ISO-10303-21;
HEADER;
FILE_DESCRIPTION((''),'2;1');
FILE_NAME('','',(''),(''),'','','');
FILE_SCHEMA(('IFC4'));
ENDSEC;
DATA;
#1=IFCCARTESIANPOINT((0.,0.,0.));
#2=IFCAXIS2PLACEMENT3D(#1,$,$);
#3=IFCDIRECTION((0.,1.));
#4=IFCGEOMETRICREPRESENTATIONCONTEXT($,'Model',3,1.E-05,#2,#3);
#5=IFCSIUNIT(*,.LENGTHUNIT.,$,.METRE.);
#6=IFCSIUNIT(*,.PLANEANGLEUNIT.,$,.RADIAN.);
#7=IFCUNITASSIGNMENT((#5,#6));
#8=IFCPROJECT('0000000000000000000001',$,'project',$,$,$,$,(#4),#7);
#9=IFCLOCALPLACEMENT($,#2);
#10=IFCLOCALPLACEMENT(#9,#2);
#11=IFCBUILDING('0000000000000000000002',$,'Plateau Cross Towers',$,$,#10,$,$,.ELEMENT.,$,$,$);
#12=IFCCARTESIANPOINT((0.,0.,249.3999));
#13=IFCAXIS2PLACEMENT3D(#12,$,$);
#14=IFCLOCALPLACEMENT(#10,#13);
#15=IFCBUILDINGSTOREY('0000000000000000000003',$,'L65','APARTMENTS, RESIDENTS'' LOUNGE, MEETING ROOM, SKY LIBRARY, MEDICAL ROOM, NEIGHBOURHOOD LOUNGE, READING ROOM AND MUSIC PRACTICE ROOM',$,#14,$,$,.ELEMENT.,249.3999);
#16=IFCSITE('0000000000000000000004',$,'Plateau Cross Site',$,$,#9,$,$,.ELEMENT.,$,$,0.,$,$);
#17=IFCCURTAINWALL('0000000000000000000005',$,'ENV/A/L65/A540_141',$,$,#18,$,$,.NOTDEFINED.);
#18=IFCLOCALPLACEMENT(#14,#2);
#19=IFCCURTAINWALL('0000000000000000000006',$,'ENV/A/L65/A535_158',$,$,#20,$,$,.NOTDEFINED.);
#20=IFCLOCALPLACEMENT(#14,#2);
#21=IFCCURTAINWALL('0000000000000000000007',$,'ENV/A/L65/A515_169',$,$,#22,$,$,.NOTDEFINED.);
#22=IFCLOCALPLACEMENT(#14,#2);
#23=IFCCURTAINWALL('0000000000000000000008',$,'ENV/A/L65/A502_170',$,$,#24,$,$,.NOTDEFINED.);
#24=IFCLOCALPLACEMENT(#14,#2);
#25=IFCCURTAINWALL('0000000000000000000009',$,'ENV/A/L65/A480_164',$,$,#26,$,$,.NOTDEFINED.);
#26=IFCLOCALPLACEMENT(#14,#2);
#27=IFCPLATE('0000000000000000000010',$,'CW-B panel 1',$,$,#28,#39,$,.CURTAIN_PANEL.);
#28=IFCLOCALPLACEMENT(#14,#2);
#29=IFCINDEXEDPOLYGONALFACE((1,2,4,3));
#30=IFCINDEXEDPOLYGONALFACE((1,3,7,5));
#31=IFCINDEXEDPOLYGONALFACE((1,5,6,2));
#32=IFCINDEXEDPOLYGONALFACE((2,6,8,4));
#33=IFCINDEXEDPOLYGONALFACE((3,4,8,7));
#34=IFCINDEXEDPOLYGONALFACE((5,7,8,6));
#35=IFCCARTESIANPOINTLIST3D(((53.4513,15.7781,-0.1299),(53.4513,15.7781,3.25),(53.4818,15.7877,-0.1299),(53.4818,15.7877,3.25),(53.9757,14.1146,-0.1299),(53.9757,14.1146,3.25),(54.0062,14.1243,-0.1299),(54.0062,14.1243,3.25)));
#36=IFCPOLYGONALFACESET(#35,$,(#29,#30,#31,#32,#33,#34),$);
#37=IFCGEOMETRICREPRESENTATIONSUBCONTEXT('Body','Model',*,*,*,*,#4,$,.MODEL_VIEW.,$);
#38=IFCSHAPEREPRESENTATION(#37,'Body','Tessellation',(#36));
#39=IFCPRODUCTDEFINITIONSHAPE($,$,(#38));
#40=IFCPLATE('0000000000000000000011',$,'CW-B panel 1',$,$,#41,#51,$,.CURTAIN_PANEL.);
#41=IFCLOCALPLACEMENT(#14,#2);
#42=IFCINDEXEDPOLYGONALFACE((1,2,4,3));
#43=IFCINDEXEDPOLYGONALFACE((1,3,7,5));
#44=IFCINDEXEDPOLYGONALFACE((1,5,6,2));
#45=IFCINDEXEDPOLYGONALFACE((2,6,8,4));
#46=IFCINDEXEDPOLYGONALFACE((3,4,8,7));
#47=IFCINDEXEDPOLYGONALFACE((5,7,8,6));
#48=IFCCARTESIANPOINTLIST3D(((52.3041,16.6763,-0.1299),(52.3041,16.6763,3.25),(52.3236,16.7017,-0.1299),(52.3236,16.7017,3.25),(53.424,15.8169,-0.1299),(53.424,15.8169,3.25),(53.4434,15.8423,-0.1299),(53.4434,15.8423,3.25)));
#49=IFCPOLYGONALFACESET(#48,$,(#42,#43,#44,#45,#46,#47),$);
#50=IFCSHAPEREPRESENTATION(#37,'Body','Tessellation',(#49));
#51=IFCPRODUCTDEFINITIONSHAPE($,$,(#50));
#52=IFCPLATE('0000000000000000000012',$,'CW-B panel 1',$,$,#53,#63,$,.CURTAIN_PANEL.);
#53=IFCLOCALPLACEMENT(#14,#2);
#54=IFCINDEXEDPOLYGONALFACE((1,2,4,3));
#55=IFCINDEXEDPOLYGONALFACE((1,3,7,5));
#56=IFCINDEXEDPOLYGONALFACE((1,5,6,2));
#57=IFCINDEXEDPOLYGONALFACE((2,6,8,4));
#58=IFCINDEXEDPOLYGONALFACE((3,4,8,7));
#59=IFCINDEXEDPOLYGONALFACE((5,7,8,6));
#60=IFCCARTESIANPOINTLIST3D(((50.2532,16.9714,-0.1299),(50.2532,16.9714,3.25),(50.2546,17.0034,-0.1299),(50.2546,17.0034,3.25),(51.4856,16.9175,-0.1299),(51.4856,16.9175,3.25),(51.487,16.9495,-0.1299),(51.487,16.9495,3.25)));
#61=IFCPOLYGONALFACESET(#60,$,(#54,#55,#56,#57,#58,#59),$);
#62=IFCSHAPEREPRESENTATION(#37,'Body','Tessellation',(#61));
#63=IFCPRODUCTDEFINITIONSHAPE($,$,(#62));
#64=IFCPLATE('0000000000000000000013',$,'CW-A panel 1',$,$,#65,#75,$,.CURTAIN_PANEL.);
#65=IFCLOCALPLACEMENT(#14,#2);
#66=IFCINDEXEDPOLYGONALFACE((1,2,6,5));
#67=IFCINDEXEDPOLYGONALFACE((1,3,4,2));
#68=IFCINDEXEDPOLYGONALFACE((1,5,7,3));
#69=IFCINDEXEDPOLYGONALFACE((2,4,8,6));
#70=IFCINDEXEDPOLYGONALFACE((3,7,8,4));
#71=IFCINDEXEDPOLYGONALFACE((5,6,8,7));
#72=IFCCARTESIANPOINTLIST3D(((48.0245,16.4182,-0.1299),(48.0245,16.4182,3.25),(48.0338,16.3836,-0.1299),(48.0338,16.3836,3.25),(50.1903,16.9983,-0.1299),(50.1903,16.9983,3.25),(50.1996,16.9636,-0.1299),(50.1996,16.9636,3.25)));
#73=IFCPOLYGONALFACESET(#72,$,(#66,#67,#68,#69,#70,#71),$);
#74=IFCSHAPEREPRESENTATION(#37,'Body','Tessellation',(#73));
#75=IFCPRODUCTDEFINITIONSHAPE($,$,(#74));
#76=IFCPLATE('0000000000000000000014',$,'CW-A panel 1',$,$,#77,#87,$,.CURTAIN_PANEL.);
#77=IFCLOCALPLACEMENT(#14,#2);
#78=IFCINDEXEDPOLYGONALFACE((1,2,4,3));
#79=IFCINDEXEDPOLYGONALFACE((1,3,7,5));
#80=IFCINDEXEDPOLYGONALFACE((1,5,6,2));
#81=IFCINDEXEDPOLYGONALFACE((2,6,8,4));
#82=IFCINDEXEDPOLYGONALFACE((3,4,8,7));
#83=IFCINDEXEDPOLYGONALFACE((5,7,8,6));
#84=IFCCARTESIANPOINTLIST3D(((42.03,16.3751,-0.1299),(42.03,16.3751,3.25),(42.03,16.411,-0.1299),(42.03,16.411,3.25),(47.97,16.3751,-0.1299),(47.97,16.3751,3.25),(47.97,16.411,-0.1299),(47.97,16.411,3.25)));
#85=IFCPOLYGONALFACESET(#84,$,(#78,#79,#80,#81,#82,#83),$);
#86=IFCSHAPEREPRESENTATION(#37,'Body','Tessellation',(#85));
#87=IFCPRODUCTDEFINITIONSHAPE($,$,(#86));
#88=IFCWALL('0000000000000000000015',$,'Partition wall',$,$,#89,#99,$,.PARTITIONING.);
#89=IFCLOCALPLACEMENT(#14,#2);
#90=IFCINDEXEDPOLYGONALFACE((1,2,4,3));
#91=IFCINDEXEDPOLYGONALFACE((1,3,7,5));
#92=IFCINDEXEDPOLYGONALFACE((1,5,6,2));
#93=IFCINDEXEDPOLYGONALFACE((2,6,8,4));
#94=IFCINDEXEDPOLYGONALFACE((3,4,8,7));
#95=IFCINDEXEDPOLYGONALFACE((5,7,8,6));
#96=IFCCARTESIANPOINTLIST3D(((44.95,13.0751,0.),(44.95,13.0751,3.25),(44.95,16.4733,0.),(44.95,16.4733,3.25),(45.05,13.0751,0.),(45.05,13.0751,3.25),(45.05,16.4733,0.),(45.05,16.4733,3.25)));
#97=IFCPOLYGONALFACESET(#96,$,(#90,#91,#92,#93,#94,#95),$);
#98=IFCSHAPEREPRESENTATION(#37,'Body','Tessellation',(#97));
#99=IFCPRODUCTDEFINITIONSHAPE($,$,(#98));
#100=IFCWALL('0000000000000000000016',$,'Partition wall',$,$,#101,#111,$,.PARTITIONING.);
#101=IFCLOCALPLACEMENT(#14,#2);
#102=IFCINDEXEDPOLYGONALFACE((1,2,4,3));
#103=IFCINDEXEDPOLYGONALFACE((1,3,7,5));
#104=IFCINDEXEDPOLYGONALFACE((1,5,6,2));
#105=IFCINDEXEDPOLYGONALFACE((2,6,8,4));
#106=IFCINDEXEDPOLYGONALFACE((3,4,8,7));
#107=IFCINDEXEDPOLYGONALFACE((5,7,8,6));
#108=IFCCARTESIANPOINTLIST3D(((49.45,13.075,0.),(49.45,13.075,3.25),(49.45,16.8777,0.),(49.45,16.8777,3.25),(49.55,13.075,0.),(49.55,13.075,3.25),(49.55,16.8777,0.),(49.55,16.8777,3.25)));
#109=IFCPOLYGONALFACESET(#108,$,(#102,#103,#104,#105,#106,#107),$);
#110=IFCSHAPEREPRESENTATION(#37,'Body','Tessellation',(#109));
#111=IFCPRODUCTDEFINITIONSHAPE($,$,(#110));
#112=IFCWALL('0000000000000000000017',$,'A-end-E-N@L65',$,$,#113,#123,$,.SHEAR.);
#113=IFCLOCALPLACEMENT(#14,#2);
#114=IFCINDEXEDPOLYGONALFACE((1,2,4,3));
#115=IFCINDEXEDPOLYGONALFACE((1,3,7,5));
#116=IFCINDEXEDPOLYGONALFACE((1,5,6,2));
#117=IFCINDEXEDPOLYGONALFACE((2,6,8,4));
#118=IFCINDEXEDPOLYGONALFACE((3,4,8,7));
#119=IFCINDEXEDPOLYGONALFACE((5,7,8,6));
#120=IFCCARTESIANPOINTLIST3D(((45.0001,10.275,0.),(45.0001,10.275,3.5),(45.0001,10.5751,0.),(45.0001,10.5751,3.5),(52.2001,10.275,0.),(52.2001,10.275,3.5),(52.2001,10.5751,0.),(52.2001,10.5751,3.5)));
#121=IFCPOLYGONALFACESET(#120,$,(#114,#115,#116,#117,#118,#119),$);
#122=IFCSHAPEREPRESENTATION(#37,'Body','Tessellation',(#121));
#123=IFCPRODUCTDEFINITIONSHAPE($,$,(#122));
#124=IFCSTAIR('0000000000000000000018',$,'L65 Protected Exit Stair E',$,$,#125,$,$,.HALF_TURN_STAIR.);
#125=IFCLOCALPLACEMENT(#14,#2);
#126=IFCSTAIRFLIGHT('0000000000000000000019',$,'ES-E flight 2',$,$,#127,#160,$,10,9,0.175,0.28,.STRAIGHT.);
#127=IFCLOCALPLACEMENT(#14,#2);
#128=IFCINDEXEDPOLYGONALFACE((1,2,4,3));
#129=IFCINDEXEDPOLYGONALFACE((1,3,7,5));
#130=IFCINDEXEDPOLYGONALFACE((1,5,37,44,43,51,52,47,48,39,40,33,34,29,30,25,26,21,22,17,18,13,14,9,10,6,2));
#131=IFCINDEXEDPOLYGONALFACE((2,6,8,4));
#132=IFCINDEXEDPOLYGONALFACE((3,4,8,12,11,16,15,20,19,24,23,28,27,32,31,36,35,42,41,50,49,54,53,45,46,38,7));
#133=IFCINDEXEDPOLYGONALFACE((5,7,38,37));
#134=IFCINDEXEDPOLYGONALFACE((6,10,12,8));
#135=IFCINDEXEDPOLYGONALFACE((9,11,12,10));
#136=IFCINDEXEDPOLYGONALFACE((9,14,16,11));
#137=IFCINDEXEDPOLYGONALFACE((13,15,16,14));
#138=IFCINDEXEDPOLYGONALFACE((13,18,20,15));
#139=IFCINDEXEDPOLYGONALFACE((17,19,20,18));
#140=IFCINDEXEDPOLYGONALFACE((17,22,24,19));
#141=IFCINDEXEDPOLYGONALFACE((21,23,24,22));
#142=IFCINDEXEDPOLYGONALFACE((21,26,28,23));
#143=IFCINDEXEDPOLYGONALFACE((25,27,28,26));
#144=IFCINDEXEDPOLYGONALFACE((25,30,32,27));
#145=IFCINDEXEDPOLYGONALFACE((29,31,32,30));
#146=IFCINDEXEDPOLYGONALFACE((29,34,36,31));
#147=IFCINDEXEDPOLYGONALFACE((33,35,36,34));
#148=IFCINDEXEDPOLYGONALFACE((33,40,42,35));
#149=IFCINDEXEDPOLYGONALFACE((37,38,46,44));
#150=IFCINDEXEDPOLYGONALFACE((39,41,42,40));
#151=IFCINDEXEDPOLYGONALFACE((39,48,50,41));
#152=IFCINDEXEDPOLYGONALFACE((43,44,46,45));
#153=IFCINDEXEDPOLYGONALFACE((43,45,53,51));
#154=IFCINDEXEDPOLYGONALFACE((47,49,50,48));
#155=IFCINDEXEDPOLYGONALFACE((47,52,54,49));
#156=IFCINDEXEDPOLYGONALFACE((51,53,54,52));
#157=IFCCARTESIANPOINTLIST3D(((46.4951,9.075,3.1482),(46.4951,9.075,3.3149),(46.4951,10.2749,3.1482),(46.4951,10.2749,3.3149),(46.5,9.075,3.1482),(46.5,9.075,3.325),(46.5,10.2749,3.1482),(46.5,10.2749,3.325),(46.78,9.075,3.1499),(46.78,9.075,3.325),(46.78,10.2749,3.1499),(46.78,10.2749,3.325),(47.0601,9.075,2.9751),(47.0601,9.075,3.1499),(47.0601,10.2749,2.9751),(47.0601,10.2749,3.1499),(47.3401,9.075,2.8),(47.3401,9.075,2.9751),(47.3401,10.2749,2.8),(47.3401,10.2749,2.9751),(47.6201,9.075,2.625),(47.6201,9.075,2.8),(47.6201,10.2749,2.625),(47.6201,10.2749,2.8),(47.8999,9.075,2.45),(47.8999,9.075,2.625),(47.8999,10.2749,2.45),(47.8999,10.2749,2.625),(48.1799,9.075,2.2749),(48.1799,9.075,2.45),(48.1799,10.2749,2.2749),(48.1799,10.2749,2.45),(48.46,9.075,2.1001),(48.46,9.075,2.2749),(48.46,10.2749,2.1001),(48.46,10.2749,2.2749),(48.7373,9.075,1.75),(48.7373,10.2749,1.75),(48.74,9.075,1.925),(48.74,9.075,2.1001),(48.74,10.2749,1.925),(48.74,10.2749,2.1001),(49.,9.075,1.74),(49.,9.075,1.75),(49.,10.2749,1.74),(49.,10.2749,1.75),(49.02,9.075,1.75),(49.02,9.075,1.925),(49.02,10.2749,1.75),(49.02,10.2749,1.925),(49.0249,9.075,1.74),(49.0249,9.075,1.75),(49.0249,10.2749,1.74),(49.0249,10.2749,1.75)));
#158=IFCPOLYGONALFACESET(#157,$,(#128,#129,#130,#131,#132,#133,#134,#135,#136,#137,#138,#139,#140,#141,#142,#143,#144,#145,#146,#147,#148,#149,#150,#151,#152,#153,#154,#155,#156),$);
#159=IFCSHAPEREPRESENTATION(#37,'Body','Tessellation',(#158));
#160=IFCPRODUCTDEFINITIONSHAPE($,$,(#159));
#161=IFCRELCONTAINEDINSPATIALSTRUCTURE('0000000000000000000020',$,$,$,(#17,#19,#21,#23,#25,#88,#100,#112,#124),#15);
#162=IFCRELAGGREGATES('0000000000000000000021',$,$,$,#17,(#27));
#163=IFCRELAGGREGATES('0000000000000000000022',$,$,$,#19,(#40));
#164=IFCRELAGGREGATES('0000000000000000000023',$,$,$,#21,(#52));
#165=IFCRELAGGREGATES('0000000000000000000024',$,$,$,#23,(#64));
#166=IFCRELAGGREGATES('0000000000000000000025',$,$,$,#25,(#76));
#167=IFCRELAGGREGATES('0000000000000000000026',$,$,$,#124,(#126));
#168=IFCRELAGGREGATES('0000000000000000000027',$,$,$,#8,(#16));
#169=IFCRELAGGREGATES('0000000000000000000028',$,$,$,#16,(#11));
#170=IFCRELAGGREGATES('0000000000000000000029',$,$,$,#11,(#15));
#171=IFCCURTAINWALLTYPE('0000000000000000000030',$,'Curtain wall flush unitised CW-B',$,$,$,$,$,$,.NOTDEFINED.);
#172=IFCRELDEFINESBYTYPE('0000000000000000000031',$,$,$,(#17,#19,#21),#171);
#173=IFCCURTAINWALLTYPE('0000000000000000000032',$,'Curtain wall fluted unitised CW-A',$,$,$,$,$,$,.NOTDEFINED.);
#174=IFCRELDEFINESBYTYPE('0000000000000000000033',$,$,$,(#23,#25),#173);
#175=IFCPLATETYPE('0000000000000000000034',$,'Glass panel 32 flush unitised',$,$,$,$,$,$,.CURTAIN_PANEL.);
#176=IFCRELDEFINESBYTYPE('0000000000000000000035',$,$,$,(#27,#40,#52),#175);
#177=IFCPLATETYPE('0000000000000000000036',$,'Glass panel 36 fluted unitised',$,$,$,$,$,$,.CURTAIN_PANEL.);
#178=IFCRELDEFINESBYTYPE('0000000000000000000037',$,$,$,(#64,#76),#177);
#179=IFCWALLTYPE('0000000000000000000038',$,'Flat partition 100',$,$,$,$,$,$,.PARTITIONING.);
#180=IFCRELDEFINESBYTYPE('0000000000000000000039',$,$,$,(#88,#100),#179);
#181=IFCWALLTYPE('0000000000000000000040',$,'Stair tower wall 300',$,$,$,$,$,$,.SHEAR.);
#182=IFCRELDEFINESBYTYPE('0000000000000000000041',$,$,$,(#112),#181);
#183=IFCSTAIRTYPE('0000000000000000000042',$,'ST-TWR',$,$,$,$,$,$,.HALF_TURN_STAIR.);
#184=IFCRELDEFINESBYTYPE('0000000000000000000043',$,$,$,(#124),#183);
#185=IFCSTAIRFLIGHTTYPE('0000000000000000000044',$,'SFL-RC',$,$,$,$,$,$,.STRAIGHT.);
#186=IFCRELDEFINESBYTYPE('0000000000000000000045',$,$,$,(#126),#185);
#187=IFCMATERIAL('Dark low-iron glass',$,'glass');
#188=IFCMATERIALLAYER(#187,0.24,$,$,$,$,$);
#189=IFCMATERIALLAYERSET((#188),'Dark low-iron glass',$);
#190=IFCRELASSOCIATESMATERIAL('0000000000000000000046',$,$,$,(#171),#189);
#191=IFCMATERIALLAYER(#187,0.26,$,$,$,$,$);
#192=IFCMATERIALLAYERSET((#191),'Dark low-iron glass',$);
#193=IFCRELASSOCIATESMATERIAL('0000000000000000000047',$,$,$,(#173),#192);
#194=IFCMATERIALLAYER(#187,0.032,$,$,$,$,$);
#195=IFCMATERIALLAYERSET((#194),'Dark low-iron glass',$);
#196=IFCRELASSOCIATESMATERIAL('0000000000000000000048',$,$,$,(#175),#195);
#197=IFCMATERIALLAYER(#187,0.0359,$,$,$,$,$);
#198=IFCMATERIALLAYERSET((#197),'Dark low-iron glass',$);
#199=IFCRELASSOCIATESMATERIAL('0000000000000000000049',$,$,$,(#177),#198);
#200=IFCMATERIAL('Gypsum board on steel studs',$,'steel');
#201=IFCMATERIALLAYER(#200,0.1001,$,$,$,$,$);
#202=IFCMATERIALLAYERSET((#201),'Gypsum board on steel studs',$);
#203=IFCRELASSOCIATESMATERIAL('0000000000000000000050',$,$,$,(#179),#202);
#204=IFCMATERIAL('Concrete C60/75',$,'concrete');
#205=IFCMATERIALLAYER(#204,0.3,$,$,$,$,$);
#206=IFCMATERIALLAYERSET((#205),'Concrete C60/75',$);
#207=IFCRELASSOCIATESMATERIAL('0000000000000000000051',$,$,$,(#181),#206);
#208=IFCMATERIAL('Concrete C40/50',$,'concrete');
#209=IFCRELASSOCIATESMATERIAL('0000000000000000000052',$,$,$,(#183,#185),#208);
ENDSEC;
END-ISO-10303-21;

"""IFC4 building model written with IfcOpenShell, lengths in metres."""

from ifc_helpers import new_model, si_unit, direction, frame, frame_2d, origin, origin_2d, place, context, subcontext, project, spatial, polyline, rectangle, outline, extrude, material, layer, layer_set, type_object, element, aggregate, save


model = new_model("IFC4")

# Units and contexts
model_context = context("Model", 3, precision=1e-05, world=origin(), true_north=direction((0.0, 1.0)))
body_context = subcontext(model_context, "Body", "Model", "MODEL_VIEW")
ifc_project = project(units=[si_unit("LENGTHUNIT", "METRE"), si_unit("PLANEANGLEUNIT", "RADIAN")], contexts=[model_context])

# Site, building, storey
site_placement = place(None, origin())
site = spatial("IfcSite", under=ifc_project, at=site_placement, Name="Plateau Cross Site", CompositionType="ELEMENT", RefElevation=0.0)
building_placement = place(site_placement, origin())
building = spatial("IfcBuilding", under=site, at=building_placement, Name="Plateau Cross Towers", CompositionType="ELEMENT")
storey_placement = place(building_placement, frame((0.0, 0.0, 249.3999)))
storey = spatial("IfcBuildingStorey", under=building, at=storey_placement, Name="L65", Description="APARTMENTS, RESIDENTS' LOUNGE, MEETING ROOM, SKY LIBRARY, MEDICAL ROOM, NEIGHBOURHOOD LOUNGE, READING ROOM AND MUSIC PRACTICE ROOM", CompositionType="ELEMENT", Elevation=249.3999)

# Shared definitions
ifc_material_1 = material(Name="Concrete C60/75", Category="concrete")

# Curtain wall
ifc_material_2 = material(Name="Dark low-iron glass", Category="glass")
ifc_layer_1 = layer(ifc_material_2, 0.24)
ifc_layer_set_1 = layer_set([ifc_layer_1], Name="Dark low-iron glass")
curtain_wall_type_1 = type_object("IfcCurtainWallType", Name="Curtain wall flush unitised CW-B", PredefinedType="NOTDEFINED", material=ifc_layer_set_1)
curtain_wall_1_placement = place(storey_placement, origin())
curtain_wall_1 = element("IfcCurtainWall", 1, at=curtain_wall_1_placement, inside=storey, type_object=curtain_wall_type_1, Name="ENV/A/L65/A540_141", PredefinedType="NOTDEFINED")

# Curtain wall
curtain_wall_2_placement = place(storey_placement, origin())
curtain_wall_2 = element("IfcCurtainWall", 2, at=curtain_wall_2_placement, inside=storey, type_object=curtain_wall_type_1, Name="ENV/A/L65/A535_158", PredefinedType="NOTDEFINED")

# Curtain walls
curtain_wall_3_placement = place(storey_placement, origin())
curtain_wall_3 = element("IfcCurtainWall", 3, at=curtain_wall_3_placement, inside=storey, type_object=curtain_wall_type_1, Name="ENV/A/L65/A515_169", PredefinedType="NOTDEFINED")
ifc_layer_2 = layer(ifc_material_2, 0.26)
ifc_layer_set_2 = layer_set([ifc_layer_2], Name="Dark low-iron glass")
curtain_wall_type_2 = type_object("IfcCurtainWallType", Name="Curtain wall fluted unitised CW-A", PredefinedType="NOTDEFINED", material=ifc_layer_set_2)
curtain_wall_4_placement = place(storey_placement, origin())
curtain_wall_4 = element("IfcCurtainWall", 4, at=curtain_wall_4_placement, inside=storey, type_object=curtain_wall_type_2, Name="ENV/A/L65/A502_170", PredefinedType="NOTDEFINED")
curtain_wall_5_placement = place(storey_placement, origin())
curtain_wall_5 = element("IfcCurtainWall", 5, at=curtain_wall_5_placement, inside=storey, type_object=curtain_wall_type_2, Name="ENV/A/L65/A480_164", PredefinedType="NOTDEFINED")

# Plates
ifc_layer_3 = layer(ifc_material_2, 0.032)
ifc_layer_set_3 = layer_set([ifc_layer_3], Name="Dark low-iron glass")
plate_type_1 = type_object("IfcPlateType", Name="Glass panel 32 flush unitised", PredefinedType="CURTAIN_PANEL", material=ifc_layer_set_3)
plate_1_placement = place(storey_placement, frame((53.7288, 14.9512, -0.1299), z_axis=(0.0, 0.0, 1.0), x_axis=(-0.300686, 0.953723, 0.0)))
plate_1 = element("IfcPlate", 6, at=plate_1_placement, type_object=plate_type_1, Name="CW-B panel 1", PredefinedType="CURTAIN_PANEL", context=body_context, shape_type="SweptSolid", body=[
    extrude(rectangle(XDim=1.7441, YDim=0.032, at=origin_2d()), origin(), (0.0, 0.0, 1.0), 3.3799),
])
aggregate(curtain_wall_1, [plate_1])
plate_2_placement = place(storey_placement, frame((52.8738, 16.2593, -0.1299), z_axis=(0.0, 0.0, 1.0), x_axis=(-0.793316, 0.608811, 0.0)))
plate_2 = element("IfcPlate", 7, at=plate_2_placement, type_object=plate_type_1, Name="CW-B panel 1", PredefinedType="CURTAIN_PANEL", context=body_context, shape_type="SweptSolid", body=[
    extrude(rectangle(XDim=1.4116, YDim=0.032, at=origin_2d()), origin(), (0.0, 0.0, 1.0), 3.3799),
])
aggregate(curtain_wall_2, [plate_2])
plate_3_placement = place(storey_placement, frame((50.8701, 16.9604, -0.1299), z_axis=(0.0, 0.0, 1.0), x_axis=(-0.999044, 0.043723, 0.0)))
plate_3 = element("IfcPlate", 8, at=plate_3_placement, type_object=plate_type_1, Name="CW-B panel 1", PredefinedType="CURTAIN_PANEL", context=body_context, shape_type="SweptSolid", body=[
    extrude(rectangle(XDim=1.2336, YDim=0.032, at=origin_2d()), origin(), (0.0, 0.0, 1.0), 3.3799),
])
aggregate(curtain_wall_3, [plate_3])
ifc_layer_4 = layer(ifc_material_2, 0.0359)
ifc_layer_set_4 = layer_set([ifc_layer_4], Name="Dark low-iron glass")
plate_type_2 = type_object("IfcPlateType", Name="Glass panel 36 fluted unitised", PredefinedType="CURTAIN_PANEL", material=ifc_layer_set_4)
plate_4_placement = place(storey_placement, frame((49.1121, 16.6909, -0.1299), z_axis=(0.0, 0.0, 1.0), x_axis=(-0.965958, -0.258699, 0.0)))
plate_4 = element("IfcPlate", 9, at=plate_4_placement, type_object=plate_type_2, Name="CW-A panel 1", PredefinedType="CURTAIN_PANEL", context=body_context, shape_type="SweptSolid", body=[
    extrude(rectangle(XDim=2.2422, YDim=0.0359, at=origin_2d()), origin(), (0.0, 0.0, 1.0), 3.3799),
])
aggregate(curtain_wall_4, [plate_4])
plate_5_placement = place(storey_placement, frame((45.0, 16.3931, -0.1299), z_axis=(0.0, 0.0, 1.0), x_axis=(-1.0, 0.0, 0.0)))
plate_5 = element("IfcPlate", 10, at=plate_5_placement, type_object=plate_type_2, Name="CW-A panel 1", PredefinedType="CURTAIN_PANEL", context=body_context, shape_type="SweptSolid", body=[
    extrude(rectangle(XDim=5.9399, YDim=0.0359, at=origin_2d()), origin(), (0.0, 0.0, 1.0), 3.3799),
])
aggregate(curtain_wall_5, [plate_5])

# Walls
ifc_material_3 = material(Name="Gypsum board on steel studs", Category="steel")
ifc_layer_5 = layer(ifc_material_3, 0.1001)
ifc_layer_set_5 = layer_set([ifc_layer_5], Name="Gypsum board on steel studs")
wall_type_1 = type_object("IfcWallType", Name="Flat partition 100", PredefinedType="PARTITIONING", material=ifc_layer_set_5)
wall_1_placement = place(storey_placement, frame((45.0, 13.075, 0.0), z_axis=(0.0, 0.0, 1.0), x_axis=(0.0, 1.0, 0.0)))
element("IfcWall", 11, at=wall_1_placement, inside=storey, type_object=wall_type_1, Name="Partition wall", PredefinedType="PARTITIONING", context=body_context, shape_type="SweptSolid", body=[
    extrude(rectangle(XDim=3.3982, YDim=0.1001, at=frame_2d((1.6992, 0.0))), origin(), (0.0, 0.0, 1.0), 3.25),
])
wall_2_placement = place(storey_placement, frame((49.5, 13.075, 0.0), z_axis=(0.0, 0.0, 1.0), x_axis=(0.0, 1.0, 0.0)))
element("IfcWall", 12, at=wall_2_placement, inside=storey, type_object=wall_type_1, Name="Partition wall", PredefinedType="PARTITIONING", context=body_context, shape_type="SweptSolid", body=[
    extrude(rectangle(XDim=3.8027, YDim=0.1001, at=frame_2d((1.9014, 0.0))), origin(), (0.0, 0.0, 1.0), 3.25),
])
ifc_layer_6 = layer(ifc_material_1, 0.3)
ifc_layer_set_6 = layer_set([ifc_layer_6], Name="Concrete C60/75")
wall_type_2 = type_object("IfcWallType", Name="Stair tower wall 300", PredefinedType="SHEAR", material=ifc_layer_set_6)
wall_3_placement = place(storey_placement, frame((45.0, 10.425, 0.0), z_axis=(0.0, 0.0, 1.0), x_axis=(1.0, 0.0, 0.0)))
element("IfcWall", 13, at=wall_3_placement, inside=storey, type_object=wall_type_2, Name="A-end-E-N@L65", PredefinedType="SHEAR", context=body_context, shape_type="SweptSolid", body=[
    extrude(rectangle(XDim=7.2, YDim=0.3, at=frame_2d((3.6001, 0.0))), origin(), (0.0, 0.0, 1.0), 3.5),
])

# Stair, stair flight
ifc_material_4 = material(Name="Concrete C40/50", Category="concrete")
stair_type = type_object("IfcStairType", Name="ST-TWR", PredefinedType="HALF_TURN_STAIR", material=ifc_material_4)
stair_placement = place(storey_placement, origin())
stair = element("IfcStair", 14, at=stair_placement, inside=storey, type_object=stair_type, Name="L65 Protected Exit Stair E", PredefinedType="HALF_TURN_STAIR")
stair_flight_type = type_object("IfcStairFlightType", Name="SFL-RC", PredefinedType="STRAIGHT", material=ifc_material_4)
stair_flight_placement = place(storey_placement, frame((49.02, 9.675, 1.75), z_axis=(0.0, 0.0, 1.0), x_axis=(-1.0, 0.0, 0.0)))
stair_flight = element("IfcStairFlight", 15, at=stair_flight_placement, type_object=stair_flight_type, Name="ES-E flight 2", NumberOfRisers=10, NumberOfTreads=9, PredefinedType="STRAIGHT", RiserHeight=0.175, TreadLength=0.28, context=body_context, shape_type="SweptSolid", body=[
    extrude(outline(polyline([(-0.0049, -0.01), (-0.0049, 0.0), (0.0, 0.0), (0.0, 0.175), (0.28, 0.175), (0.28, 0.3501), (0.5601, 0.3501), (0.5601, 0.5249), (0.8401, 0.5249), (0.8401, 0.7), (1.1201, 0.7), (1.1201, 0.875), (1.3999, 0.875), (1.3999, 1.05), (1.6799, 1.05), (1.6799, 1.2251), (1.96, 1.2251), (1.96, 1.3999), (2.24, 1.3999), (2.24, 1.575), (2.52, 1.575), (2.5249, 1.5649), (2.5249, 1.3982), (2.52, 1.3982), (0.2827, 0.0), (0.02, 0.0), (0.02, -0.01), (-0.0049, -0.01)])), frame((0.0, 0.6001, 0.0), z_axis=(0.0, -1.0, 0.0), x_axis=(1.0, 0.0, 0.0)), (0.0, 0.0, 1.0), 1.2),
])
aggregate(stair, [stair_flight])

save(model, "model.ifc")
